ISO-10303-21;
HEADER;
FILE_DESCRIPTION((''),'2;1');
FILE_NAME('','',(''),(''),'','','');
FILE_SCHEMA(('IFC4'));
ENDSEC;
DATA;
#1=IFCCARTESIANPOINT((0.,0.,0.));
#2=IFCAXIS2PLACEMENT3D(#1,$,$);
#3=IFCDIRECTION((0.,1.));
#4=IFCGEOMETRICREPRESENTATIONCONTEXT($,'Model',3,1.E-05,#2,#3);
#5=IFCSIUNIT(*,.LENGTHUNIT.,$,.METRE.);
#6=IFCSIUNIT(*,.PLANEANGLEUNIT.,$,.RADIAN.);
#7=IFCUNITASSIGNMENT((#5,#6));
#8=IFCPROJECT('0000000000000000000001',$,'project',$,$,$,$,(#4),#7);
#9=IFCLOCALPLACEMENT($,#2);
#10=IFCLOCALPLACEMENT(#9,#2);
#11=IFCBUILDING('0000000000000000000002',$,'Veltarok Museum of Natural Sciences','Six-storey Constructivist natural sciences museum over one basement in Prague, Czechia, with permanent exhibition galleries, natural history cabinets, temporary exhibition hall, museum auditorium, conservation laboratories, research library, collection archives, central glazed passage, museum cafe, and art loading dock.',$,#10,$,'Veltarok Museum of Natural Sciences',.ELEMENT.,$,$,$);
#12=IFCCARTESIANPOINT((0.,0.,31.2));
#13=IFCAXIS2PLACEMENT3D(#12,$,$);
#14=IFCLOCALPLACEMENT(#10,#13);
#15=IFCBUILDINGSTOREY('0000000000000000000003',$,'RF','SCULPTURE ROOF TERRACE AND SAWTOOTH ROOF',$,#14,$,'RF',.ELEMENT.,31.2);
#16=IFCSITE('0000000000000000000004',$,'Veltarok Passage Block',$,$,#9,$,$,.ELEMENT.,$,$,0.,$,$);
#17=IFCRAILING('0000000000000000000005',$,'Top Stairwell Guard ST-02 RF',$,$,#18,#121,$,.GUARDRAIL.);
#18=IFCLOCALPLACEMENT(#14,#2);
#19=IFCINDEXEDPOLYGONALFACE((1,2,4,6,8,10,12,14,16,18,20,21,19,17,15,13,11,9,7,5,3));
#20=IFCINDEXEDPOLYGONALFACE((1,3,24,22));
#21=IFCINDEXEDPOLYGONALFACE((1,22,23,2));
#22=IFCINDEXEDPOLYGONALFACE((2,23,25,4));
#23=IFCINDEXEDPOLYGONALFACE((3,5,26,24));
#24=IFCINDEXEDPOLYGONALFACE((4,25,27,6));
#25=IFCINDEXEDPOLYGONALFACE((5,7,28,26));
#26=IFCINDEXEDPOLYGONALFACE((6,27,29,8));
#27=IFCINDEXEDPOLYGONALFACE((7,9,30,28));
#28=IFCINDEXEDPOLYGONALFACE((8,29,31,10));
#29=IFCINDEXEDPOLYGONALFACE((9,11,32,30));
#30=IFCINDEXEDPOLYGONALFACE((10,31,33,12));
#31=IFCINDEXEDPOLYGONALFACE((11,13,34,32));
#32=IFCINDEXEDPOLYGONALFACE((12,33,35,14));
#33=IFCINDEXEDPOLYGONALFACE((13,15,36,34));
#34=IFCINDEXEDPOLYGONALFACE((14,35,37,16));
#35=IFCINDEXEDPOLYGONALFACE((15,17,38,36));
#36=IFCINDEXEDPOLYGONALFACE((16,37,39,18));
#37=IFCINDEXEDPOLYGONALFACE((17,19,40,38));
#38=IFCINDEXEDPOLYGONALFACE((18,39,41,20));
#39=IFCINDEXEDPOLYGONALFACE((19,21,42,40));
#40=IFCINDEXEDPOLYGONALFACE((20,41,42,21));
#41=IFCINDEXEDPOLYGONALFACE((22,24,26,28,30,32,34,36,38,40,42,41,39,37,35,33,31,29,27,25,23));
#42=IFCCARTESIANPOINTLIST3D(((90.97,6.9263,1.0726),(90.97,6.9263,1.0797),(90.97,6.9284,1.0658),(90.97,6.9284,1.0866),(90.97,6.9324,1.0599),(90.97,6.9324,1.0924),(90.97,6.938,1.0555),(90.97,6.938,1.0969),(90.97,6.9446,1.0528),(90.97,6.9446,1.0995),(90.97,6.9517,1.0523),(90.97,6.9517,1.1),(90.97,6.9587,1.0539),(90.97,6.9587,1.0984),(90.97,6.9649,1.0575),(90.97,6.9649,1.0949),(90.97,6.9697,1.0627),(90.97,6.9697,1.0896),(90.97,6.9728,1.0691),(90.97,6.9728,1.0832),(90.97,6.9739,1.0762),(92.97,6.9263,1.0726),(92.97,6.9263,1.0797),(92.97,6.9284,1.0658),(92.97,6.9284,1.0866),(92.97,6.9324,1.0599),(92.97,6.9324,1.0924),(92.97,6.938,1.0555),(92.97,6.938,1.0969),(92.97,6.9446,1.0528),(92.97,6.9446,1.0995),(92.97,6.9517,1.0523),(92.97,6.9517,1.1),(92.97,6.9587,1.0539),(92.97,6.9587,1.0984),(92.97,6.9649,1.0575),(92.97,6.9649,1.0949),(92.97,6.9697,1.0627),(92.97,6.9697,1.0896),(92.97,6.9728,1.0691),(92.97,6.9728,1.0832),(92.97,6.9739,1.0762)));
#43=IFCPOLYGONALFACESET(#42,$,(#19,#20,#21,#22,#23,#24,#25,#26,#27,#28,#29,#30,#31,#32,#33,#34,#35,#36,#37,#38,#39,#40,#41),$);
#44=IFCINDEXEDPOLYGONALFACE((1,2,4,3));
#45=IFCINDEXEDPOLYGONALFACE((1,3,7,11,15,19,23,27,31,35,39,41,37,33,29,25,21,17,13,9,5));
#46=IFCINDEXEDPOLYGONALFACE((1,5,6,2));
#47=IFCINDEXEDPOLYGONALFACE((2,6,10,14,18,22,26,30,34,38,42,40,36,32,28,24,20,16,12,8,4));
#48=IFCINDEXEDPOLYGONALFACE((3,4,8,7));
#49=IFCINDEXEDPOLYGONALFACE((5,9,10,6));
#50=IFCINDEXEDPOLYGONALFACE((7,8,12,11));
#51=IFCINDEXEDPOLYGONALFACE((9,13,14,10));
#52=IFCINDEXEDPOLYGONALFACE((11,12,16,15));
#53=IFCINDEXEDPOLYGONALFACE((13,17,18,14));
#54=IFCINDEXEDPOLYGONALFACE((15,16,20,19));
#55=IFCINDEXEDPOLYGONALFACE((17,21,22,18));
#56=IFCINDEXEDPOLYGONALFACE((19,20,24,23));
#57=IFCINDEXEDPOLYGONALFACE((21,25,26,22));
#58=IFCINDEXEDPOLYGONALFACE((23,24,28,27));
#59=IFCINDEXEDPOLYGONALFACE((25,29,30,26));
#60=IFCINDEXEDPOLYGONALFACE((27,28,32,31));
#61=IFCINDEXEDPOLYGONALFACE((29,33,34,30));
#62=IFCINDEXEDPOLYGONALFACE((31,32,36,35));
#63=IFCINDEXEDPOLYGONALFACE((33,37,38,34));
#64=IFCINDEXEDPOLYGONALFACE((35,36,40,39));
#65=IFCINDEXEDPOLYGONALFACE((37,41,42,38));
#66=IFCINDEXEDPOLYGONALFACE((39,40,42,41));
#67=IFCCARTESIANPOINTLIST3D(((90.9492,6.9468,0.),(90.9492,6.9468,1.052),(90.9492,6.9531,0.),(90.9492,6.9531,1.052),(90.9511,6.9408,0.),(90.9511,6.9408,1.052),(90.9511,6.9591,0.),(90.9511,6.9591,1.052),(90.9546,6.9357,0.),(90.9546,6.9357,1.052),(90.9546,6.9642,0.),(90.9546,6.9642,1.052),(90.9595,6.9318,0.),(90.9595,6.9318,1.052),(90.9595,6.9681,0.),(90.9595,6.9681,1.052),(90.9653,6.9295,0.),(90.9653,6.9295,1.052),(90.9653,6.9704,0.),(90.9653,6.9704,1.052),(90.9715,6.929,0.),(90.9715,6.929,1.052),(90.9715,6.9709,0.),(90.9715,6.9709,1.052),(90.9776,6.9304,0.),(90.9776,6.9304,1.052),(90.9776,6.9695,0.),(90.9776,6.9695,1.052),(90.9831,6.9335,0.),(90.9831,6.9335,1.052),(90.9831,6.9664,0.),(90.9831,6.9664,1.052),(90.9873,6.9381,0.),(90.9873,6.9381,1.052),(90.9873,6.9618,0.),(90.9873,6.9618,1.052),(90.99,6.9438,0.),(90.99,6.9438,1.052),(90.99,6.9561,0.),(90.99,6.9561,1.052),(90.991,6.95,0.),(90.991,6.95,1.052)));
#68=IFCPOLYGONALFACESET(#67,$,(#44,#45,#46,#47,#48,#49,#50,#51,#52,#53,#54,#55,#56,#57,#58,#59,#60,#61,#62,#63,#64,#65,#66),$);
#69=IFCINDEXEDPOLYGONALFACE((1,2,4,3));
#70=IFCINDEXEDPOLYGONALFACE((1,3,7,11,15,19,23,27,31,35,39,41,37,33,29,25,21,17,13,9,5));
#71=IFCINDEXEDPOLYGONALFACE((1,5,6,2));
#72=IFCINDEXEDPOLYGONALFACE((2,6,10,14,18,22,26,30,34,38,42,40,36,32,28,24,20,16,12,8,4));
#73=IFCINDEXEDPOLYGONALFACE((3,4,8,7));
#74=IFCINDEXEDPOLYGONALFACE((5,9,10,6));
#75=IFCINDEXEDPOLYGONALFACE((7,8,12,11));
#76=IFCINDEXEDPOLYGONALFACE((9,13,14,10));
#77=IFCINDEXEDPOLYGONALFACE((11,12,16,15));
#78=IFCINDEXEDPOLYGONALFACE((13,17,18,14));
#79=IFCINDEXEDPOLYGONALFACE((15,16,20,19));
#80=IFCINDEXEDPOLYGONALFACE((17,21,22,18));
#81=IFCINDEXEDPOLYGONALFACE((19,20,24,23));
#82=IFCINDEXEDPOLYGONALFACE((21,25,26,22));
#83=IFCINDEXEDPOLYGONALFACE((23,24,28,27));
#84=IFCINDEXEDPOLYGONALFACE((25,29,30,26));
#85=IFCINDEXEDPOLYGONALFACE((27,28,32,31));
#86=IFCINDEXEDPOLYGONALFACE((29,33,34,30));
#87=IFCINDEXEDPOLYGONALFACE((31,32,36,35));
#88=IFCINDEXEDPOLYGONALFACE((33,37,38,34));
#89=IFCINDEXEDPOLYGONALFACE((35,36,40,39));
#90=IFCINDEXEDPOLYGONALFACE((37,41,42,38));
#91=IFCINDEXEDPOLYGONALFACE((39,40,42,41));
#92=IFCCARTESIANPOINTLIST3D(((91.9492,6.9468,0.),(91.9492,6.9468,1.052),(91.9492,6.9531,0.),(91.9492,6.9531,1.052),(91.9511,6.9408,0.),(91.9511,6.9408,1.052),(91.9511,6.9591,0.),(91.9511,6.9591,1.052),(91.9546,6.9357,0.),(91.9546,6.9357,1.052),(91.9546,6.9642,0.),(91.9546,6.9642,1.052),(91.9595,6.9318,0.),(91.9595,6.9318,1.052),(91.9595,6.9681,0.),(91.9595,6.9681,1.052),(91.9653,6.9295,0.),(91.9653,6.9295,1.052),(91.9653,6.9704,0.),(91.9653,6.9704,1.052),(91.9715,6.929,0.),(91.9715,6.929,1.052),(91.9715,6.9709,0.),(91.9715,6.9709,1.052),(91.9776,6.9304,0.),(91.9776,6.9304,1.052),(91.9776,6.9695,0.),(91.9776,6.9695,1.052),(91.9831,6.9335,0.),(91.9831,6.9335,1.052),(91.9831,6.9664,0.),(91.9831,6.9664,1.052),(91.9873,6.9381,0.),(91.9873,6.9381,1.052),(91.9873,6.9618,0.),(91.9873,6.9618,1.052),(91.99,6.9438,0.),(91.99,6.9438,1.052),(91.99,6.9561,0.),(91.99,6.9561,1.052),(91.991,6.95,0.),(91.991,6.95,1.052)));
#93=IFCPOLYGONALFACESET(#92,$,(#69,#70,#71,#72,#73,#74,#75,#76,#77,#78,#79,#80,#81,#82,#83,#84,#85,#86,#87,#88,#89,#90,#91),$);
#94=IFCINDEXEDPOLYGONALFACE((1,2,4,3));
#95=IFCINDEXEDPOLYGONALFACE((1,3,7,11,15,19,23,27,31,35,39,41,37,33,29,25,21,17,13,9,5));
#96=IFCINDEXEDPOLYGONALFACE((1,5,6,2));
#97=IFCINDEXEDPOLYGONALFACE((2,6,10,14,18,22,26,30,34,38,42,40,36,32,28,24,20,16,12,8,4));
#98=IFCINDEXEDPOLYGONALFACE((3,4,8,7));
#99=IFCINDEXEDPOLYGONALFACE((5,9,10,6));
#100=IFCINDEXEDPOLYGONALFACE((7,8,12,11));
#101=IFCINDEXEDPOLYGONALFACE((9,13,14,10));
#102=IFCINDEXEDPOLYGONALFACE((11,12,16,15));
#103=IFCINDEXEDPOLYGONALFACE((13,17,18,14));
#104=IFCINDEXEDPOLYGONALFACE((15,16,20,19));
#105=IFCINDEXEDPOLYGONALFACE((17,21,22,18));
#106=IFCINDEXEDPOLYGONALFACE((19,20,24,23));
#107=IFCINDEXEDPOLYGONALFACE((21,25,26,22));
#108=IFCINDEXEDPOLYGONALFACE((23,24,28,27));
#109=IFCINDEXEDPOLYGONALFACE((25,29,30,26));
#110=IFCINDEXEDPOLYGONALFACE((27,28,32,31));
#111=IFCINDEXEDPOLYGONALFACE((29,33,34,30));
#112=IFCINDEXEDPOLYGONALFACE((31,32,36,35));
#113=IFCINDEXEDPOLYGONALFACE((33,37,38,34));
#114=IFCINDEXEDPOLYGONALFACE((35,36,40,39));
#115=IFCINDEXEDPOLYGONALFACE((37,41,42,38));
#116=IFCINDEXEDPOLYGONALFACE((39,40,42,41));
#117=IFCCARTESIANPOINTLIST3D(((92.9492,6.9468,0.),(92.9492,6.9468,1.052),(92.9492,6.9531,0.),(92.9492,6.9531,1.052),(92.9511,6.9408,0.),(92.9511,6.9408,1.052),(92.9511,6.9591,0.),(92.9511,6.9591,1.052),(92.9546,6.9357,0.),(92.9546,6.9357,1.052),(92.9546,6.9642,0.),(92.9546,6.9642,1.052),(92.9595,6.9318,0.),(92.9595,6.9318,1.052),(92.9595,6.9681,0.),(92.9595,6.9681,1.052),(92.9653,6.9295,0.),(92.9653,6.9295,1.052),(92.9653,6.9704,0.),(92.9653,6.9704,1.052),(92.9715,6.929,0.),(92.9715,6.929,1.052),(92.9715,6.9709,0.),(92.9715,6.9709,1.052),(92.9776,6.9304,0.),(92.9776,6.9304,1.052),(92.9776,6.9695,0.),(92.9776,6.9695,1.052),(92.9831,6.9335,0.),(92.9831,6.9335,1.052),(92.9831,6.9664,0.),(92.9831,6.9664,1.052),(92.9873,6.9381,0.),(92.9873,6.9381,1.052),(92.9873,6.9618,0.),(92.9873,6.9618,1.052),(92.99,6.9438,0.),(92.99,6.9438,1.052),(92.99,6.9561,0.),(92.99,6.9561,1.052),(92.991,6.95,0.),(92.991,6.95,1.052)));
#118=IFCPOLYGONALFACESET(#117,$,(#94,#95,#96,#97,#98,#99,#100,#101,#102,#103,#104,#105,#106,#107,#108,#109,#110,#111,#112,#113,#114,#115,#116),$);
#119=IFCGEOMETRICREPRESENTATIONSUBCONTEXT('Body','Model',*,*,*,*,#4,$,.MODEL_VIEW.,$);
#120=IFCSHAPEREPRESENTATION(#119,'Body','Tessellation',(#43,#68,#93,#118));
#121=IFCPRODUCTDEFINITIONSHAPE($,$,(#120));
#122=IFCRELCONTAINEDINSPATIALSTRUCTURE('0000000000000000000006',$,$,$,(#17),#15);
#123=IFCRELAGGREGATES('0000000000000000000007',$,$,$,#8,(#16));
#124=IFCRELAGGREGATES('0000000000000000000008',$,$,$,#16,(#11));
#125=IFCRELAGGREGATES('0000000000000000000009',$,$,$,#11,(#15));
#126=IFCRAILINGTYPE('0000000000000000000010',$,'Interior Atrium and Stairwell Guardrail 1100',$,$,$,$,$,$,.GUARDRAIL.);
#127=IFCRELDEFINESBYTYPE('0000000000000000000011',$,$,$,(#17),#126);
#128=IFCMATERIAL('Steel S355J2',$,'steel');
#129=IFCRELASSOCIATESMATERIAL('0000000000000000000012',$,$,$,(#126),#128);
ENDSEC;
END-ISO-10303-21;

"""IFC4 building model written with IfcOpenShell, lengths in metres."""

from ifc_helpers import new_model, si_unit, direction, frame, origin, origin_2d, place, context, subcontext, project, spatial, circle, extrude, material, type_object, element, save


model = new_model("IFC4")

# Units and contexts
model_context = context("Model", 3, precision=1e-05, world=origin(), true_north=direction((0.0, 1.0)))
body_context = subcontext(model_context, "Body", "Model", "MODEL_VIEW")
ifc_project = project(units=[si_unit("LENGTHUNIT", "METRE"), si_unit("PLANEANGLEUNIT", "RADIAN")], contexts=[model_context])

# Site, building, storey
site_placement = place(None, origin())
site = spatial("IfcSite", under=ifc_project, at=site_placement, Name="Veltarok Passage Block", CompositionType="ELEMENT", RefElevation=0.0)
building_placement = place(site_placement, origin())
building = spatial("IfcBuilding", under=site, at=building_placement, Name="Veltarok Museum of Natural Sciences", Description="Six-storey Constructivist natural sciences museum over one basement in Prague, Czechia, with permanent exhibition galleries, natural history cabinets, temporary exhibition hall, museum auditorium, conservation laboratories, research library, collection archives, central glazed passage, museum cafe, and art loading dock.", LongName="Veltarok Museum of Natural Sciences", CompositionType="ELEMENT")
storey_placement = place(building_placement, frame((0.0, 0.0, 31.2)))
storey = spatial("IfcBuildingStorey", under=building, at=storey_placement, Name="RF", Description="SCULPTURE ROOF TERRACE AND SAWTOOTH ROOF", LongName="RF", CompositionType="ELEMENT", Elevation=31.2)

# Shared definitions
ifc_material_1 = material(Name="Steel S355J2", Category="steel")

# Railing
railing_type = type_object("IfcRailingType", Name="Interior Atrium and Stairwell Guardrail 1100", PredefinedType="GUARDRAIL", material=ifc_material_1)
railing_placement = place(storey_placement, frame((90.97, 6.95, 0.0)))
element("IfcRailing", 1, at=railing_placement, inside=storey, type_object=railing_type, Name="Top Stairwell Guard ST-02 RF", PredefinedType="GUARDRAIL", context=body_context, shape_type="SweptSolid", body=[
    extrude(circle(Radius=0.0239, at=origin_2d()), frame((0.0, 0.0, 1.0762), z_axis=(1.0, 0.0, 0.0), x_axis=(0.0, 1.0, 0.0)), (0.0, 0.0, 1.0), 2.0),
    extrude(circle(Radius=0.021, at=origin_2d()), origin(), (0.0, 0.0, 1.0), 1.052),
    extrude(circle(Radius=0.021, at=origin_2d()), frame((1.0, 0.0, 0.0)), (0.0, 0.0, 1.0), 1.052),
    extrude(circle(Radius=0.021, at=origin_2d()), frame((2.0, 0.0, 0.0)), (0.0, 0.0, 1.0), 1.052),
])

save(model, "model.ifc")
